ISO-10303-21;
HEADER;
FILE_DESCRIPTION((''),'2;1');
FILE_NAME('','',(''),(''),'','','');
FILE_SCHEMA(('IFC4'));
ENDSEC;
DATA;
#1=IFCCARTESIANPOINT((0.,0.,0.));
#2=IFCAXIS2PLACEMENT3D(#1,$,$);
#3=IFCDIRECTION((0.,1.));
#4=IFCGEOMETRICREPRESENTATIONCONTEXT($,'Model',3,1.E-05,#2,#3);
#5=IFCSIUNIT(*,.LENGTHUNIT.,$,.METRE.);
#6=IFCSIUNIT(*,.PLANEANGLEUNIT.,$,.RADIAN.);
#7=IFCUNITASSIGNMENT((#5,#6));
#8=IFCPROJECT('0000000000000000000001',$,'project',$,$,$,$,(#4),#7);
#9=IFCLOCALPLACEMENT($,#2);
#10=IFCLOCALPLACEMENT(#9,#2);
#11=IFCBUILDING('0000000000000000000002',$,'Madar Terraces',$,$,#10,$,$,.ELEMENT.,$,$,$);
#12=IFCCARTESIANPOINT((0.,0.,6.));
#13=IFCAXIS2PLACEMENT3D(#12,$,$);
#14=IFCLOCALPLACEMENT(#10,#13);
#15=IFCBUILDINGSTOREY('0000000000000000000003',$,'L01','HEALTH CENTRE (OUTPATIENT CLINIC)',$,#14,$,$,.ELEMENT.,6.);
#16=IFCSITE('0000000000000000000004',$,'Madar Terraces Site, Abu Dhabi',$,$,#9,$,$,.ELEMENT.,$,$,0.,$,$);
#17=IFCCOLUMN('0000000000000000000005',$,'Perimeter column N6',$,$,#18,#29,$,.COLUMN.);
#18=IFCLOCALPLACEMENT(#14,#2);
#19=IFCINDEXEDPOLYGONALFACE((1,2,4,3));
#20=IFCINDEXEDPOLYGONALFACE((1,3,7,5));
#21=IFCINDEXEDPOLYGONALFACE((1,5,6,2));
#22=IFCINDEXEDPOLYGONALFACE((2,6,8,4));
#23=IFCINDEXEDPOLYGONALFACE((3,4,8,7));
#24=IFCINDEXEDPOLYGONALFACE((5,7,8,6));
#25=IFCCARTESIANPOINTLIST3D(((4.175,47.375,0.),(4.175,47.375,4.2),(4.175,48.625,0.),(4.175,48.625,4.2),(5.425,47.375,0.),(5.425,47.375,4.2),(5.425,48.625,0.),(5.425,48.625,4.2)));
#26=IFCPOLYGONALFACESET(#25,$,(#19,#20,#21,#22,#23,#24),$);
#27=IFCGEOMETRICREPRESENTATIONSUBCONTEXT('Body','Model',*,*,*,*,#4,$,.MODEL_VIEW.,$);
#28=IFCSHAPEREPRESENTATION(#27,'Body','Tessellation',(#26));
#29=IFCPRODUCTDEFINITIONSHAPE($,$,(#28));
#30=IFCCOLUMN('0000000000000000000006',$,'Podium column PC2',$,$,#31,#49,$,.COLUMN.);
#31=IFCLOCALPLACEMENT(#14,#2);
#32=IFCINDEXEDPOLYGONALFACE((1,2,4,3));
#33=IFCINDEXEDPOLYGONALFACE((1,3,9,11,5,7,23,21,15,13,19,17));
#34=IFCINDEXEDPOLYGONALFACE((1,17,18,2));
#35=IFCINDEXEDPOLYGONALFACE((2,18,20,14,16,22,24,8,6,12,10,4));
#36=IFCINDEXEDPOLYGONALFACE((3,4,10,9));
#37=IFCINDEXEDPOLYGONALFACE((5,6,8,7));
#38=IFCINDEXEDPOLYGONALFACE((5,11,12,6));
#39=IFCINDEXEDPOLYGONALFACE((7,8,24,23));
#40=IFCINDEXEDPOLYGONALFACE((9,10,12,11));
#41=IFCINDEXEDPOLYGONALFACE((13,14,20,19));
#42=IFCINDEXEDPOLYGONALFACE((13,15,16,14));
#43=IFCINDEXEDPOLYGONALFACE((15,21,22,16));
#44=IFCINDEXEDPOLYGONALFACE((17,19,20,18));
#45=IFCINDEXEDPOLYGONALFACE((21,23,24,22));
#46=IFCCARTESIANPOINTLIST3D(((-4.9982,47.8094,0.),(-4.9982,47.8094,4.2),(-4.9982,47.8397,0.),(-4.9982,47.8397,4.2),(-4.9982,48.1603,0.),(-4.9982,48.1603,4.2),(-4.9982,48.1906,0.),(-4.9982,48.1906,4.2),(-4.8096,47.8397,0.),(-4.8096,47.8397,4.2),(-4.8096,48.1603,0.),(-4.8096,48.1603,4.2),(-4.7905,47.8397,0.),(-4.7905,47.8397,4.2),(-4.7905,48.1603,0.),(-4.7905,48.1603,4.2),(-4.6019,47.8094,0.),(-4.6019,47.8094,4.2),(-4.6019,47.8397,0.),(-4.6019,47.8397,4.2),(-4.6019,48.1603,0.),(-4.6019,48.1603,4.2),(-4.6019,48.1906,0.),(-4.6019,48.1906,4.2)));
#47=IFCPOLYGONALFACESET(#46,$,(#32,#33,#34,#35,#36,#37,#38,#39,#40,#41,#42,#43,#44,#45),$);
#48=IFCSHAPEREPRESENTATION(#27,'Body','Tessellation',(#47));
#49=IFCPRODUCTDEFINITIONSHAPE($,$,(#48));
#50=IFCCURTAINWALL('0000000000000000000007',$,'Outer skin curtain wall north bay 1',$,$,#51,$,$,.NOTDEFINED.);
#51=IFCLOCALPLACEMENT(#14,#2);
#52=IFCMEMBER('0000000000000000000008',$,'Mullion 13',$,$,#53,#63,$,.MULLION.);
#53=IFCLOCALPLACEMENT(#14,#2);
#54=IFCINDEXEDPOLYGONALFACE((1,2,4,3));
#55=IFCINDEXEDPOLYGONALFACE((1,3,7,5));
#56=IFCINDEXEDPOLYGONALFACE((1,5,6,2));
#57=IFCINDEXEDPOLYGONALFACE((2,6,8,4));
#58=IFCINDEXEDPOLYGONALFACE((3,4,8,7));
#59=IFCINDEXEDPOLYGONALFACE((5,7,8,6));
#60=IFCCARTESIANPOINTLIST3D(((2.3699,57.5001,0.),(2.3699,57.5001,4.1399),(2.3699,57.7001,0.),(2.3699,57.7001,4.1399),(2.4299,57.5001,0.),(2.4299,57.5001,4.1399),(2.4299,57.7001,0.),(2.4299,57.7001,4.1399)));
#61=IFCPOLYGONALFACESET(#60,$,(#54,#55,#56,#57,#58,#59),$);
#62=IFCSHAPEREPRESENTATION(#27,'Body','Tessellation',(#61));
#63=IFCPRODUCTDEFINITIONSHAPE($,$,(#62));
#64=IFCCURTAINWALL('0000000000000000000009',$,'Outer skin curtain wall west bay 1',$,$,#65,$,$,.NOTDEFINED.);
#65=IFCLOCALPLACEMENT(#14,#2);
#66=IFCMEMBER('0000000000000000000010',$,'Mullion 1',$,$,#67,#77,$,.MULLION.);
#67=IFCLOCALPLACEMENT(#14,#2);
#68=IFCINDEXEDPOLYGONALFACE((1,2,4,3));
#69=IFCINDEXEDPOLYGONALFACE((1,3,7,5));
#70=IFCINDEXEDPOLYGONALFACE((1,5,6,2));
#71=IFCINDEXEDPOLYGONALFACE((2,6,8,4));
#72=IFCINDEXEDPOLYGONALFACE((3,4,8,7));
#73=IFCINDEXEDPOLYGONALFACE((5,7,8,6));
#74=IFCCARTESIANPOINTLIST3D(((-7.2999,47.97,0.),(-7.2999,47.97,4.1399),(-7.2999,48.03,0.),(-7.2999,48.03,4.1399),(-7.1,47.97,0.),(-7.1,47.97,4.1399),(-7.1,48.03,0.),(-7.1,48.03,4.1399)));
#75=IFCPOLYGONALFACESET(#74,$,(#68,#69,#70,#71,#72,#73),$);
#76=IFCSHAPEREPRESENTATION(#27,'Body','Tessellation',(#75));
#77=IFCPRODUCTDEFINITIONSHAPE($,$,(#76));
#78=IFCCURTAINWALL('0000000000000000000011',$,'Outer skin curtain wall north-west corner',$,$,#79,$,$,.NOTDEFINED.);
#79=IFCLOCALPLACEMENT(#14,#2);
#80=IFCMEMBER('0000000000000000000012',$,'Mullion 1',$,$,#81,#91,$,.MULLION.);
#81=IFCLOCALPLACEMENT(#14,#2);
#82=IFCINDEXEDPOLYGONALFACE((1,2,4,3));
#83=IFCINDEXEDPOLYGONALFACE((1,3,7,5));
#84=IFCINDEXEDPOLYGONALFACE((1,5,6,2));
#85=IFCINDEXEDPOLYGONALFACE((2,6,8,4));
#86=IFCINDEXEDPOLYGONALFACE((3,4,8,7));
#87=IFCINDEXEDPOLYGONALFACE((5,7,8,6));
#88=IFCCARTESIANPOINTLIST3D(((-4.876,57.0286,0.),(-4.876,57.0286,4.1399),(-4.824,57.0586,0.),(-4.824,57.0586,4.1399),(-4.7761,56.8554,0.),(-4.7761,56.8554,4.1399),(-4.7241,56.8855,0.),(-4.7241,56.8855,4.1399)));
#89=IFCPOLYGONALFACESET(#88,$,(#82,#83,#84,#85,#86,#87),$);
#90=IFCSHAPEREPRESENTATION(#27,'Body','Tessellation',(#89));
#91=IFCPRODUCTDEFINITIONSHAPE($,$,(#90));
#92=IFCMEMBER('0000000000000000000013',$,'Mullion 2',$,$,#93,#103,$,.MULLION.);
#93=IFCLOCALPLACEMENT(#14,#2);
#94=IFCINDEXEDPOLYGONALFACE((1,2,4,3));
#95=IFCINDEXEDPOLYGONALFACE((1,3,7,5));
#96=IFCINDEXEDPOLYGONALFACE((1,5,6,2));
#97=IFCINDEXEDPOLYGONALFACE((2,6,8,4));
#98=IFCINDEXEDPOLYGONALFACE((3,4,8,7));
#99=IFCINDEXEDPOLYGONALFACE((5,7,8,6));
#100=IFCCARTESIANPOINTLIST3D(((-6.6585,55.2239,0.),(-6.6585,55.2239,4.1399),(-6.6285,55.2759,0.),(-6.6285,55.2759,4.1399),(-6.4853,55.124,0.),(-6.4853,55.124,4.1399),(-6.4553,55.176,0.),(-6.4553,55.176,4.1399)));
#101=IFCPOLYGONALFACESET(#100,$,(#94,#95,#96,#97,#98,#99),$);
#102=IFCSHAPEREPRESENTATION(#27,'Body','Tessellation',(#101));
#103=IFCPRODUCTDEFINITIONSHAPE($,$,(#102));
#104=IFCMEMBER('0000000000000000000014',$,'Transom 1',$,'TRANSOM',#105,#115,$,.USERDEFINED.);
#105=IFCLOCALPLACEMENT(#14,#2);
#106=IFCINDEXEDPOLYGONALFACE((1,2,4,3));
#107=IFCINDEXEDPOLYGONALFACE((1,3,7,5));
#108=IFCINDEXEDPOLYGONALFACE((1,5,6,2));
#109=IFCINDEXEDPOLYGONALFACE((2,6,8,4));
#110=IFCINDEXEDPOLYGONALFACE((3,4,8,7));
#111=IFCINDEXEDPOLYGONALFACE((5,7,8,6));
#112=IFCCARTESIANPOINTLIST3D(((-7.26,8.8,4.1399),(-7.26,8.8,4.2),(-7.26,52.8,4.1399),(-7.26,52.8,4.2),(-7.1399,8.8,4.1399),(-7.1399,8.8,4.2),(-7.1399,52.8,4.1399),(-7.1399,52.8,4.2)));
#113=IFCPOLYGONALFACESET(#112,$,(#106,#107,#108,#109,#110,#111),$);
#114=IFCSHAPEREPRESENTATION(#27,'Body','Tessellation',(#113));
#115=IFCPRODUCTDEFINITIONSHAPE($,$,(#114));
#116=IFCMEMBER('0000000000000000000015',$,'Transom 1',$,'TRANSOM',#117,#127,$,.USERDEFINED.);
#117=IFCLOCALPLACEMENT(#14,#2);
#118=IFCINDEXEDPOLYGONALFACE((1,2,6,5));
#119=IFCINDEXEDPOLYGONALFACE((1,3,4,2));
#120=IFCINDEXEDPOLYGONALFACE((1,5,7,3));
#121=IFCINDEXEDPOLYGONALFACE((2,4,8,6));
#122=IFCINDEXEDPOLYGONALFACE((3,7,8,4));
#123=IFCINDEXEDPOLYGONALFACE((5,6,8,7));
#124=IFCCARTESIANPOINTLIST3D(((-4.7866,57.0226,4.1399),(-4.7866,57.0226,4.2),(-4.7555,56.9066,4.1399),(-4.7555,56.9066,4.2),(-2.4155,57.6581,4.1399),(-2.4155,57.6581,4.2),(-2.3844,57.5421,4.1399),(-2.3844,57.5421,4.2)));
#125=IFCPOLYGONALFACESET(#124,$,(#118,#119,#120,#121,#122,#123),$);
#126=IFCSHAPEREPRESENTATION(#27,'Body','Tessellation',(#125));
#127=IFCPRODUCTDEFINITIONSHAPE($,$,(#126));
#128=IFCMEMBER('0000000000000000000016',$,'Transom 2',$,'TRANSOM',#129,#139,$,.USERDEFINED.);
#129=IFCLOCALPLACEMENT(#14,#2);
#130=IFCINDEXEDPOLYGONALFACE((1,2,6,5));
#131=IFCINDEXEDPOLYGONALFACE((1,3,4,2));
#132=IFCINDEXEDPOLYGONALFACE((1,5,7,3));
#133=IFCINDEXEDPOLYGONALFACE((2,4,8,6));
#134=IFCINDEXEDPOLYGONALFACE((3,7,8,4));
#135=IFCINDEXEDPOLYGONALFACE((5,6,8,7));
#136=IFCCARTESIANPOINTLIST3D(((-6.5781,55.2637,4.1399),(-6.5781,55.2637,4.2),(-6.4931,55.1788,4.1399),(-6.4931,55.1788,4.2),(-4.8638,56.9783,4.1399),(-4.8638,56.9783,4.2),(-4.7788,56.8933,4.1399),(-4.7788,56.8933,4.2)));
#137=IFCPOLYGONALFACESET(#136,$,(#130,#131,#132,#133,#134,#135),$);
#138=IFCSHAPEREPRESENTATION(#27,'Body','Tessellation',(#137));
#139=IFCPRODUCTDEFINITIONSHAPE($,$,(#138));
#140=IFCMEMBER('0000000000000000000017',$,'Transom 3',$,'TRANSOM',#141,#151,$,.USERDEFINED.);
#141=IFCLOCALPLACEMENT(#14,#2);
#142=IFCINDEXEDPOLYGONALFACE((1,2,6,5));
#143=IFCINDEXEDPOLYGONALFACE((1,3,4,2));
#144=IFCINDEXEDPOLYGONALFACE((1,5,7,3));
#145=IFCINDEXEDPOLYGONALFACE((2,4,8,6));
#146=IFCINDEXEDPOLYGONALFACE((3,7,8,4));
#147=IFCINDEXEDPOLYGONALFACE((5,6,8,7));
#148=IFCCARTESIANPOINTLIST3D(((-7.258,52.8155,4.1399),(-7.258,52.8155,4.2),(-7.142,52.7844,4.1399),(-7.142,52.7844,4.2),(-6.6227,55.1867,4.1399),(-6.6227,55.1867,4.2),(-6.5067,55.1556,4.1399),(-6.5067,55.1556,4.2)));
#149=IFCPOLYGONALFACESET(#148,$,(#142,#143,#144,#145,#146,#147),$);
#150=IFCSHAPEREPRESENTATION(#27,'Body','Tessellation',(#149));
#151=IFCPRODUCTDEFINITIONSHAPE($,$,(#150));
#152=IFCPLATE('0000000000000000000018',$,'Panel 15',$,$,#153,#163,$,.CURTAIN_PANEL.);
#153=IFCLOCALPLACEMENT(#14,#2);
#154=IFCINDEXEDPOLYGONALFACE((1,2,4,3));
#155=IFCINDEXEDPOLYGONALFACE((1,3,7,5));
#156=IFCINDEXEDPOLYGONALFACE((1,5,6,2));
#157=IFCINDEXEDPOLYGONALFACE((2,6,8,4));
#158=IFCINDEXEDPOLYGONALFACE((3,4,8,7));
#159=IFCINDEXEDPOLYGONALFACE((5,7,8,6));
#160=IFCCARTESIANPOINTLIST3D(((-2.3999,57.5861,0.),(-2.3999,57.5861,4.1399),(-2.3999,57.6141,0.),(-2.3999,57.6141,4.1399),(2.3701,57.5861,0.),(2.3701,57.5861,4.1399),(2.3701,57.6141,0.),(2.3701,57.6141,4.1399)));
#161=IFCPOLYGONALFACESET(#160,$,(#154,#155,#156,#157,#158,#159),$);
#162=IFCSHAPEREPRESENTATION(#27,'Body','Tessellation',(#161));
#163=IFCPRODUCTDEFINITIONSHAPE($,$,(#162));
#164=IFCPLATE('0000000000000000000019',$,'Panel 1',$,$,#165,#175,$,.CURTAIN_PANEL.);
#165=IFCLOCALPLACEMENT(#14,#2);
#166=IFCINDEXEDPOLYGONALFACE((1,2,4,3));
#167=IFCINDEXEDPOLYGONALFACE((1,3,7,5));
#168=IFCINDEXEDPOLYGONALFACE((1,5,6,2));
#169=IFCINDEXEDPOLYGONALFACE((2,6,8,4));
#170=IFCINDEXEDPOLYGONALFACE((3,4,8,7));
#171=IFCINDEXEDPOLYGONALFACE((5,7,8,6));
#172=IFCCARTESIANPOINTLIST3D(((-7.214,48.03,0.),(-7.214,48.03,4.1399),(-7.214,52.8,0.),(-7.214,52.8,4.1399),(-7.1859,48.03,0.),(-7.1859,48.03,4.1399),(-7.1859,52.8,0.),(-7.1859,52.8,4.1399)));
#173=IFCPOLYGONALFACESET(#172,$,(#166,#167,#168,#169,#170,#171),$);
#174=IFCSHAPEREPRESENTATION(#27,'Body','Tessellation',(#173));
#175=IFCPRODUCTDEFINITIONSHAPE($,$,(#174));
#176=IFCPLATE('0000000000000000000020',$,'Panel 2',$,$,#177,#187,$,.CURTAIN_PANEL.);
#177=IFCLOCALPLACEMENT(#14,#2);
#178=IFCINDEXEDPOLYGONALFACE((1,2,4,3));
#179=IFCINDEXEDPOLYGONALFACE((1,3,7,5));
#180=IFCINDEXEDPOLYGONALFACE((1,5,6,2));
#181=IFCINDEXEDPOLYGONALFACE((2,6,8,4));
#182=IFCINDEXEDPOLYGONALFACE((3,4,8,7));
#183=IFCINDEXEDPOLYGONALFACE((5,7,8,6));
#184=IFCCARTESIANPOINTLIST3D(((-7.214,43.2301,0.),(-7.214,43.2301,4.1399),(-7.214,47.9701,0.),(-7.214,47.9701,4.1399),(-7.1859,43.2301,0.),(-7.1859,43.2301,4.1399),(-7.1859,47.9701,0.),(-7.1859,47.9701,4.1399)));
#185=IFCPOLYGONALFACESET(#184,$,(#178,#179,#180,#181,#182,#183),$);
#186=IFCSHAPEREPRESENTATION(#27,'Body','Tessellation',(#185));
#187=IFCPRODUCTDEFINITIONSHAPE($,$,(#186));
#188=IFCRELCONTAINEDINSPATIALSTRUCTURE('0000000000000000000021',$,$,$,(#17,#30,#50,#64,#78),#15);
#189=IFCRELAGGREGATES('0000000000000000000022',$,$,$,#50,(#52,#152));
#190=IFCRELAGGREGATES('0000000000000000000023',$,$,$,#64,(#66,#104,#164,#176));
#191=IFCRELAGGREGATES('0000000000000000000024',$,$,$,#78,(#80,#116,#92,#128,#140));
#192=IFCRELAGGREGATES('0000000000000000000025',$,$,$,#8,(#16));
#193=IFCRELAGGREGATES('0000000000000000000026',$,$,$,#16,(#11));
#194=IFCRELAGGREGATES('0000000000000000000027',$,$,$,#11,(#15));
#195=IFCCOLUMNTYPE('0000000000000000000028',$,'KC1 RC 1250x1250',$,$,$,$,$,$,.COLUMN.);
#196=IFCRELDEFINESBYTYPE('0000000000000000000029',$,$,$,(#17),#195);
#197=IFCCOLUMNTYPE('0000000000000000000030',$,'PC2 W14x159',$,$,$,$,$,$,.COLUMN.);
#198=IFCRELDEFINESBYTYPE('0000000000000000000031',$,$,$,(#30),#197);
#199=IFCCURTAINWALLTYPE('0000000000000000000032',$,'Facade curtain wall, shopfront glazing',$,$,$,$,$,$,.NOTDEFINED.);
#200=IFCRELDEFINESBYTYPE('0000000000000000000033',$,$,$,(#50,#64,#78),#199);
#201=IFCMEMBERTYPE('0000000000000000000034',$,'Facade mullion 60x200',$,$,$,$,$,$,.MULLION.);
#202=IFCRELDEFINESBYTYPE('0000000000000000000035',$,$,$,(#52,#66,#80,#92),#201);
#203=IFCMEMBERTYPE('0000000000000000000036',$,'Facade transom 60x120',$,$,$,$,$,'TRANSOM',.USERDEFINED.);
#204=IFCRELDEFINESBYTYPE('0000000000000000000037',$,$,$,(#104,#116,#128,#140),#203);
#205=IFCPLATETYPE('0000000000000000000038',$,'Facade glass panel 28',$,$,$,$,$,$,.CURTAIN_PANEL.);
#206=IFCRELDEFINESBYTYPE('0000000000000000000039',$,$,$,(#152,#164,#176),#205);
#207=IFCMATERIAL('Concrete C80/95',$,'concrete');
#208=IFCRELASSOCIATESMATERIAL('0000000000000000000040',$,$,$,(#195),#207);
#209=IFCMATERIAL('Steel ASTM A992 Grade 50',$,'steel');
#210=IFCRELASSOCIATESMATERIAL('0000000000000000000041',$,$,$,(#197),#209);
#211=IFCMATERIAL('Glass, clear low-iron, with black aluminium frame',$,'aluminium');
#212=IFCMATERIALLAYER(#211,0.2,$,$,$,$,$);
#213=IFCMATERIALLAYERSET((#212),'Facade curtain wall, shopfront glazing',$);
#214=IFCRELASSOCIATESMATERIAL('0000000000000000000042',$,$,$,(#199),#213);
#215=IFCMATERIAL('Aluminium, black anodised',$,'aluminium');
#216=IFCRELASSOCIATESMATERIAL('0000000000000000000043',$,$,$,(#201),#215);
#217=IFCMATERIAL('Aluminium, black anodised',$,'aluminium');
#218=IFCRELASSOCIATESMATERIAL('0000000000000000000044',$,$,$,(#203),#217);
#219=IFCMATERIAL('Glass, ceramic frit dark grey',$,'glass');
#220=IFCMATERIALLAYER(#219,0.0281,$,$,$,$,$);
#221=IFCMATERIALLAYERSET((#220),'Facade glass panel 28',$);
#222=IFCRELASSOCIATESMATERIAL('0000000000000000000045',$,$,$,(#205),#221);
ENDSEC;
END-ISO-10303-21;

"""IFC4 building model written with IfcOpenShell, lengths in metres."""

from ifc_helpers import new_model, si_unit, direction, frame, origin, origin_2d, place, context, subcontext, project, spatial, rectangle, i_section, extrude, material, layer, layer_set, material_profile, profile_set, type_object, element, aggregate, save


model = new_model("IFC4")

# Units and contexts
model_context = context("Model", 3, precision=1e-05, world=origin(), true_north=direction((0.0, 1.0)))
body_context = subcontext(model_context, "Body", "Model", "MODEL_VIEW")
ifc_project = project(units=[si_unit("LENGTHUNIT", "METRE"), si_unit("PLANEANGLEUNIT", "RADIAN")], contexts=[model_context])

# Site, building, storey
site_placement = place(None, origin())
site = spatial("IfcSite", under=ifc_project, at=site_placement, Name="Madar Terraces Site, Abu Dhabi", CompositionType="ELEMENT", RefElevation=0.0)
building_placement = place(site_placement, origin())
building = spatial("IfcBuilding", under=site, at=building_placement, Name="Madar Terraces", CompositionType="ELEMENT")
storey_placement = place(building_placement, frame((0.0, 0.0, 6.0)))
storey = spatial("IfcBuildingStorey", under=building, at=storey_placement, Name="L01", Description="HEALTH CENTRE (OUTPATIENT CLINIC)", CompositionType="ELEMENT", Elevation=6.0)

# Columns
ifc_material_1 = material(Name="Concrete C80/95", Category="concrete")
ifc_material_profile_1 = material_profile(ifc_material_1, rectangle(XDim=1.25, YDim=1.25, at=origin_2d()), Name="KC1 RC 1250x1250")
ifc_profile_set_1 = profile_set([ifc_material_profile_1], Name="Concrete C80/95")
column_type_1 = type_object("IfcColumnType", Name="KC1 RC 1250x1250", PredefinedType="COLUMN", material=ifc_profile_set_1)
column_1_placement = place(storey_placement, frame((4.8, 48.0, 0.0), z_axis=(0.0, 0.0, 1.0), x_axis=(1.0, 0.0, 0.0)))
element("IfcColumn", 1, at=column_1_placement, inside=storey, type_object=column_type_1, Name="Perimeter column N6", PredefinedType="COLUMN", context=body_context, shape_type="SweptSolid", body=[
    extrude(rectangle(XDim=1.25, YDim=1.25, at=origin_2d()), origin(), (0.0, 0.0, 1.0), 4.2),
])
ifc_material_2 = material(Name="Steel ASTM A992 Grade 50", Category="steel")
ifc_material_profile_2 = material_profile(ifc_material_2, i_section(OverallWidth=0.3962, OverallDepth=0.3811, WebThickness=0.019, FlangeThickness=0.0303, at=origin_2d()), Name="W14x159")
ifc_profile_set_2 = profile_set([ifc_material_profile_2], Name="Steel ASTM A992 Grade 50")
column_type_2 = type_object("IfcColumnType", Name="PC2 W14x159", PredefinedType="COLUMN", material=ifc_profile_set_2)
column_2_placement = place(storey_placement, frame((-4.8, 48.0, 0.0), z_axis=(0.0, 0.0, 1.0), x_axis=(1.0, 0.0, 0.0)))
element("IfcColumn", 2, at=column_2_placement, inside=storey, type_object=column_type_2, Name="Podium column PC2", PredefinedType="COLUMN", context=body_context, shape_type="SweptSolid", body=[
    extrude(i_section(OverallWidth=0.3962, OverallDepth=0.3811, WebThickness=0.019, FlangeThickness=0.0303, at=origin_2d()), origin(), (0.0, 0.0, 1.0), 4.2),
])

# Curtain walls, members
ifc_material_3 = material(Name="Glass, clear low-iron, with black aluminium frame", Category="aluminium")
ifc_layer_1 = layer(ifc_material_3, 0.2)
ifc_layer_set_1 = layer_set([ifc_layer_1], Name="Facade curtain wall, shopfront glazing")
curtain_wall_type = type_object("IfcCurtainWallType", Name="Facade curtain wall, shopfront glazing", PredefinedType="NOTDEFINED", material=ifc_layer_set_1)
curtain_wall_1_placement = place(storey_placement, origin())
curtain_wall_1 = element("IfcCurtainWall", 3, at=curtain_wall_1_placement, inside=storey, type_object=curtain_wall_type, Name="Outer skin curtain wall north bay 1", PredefinedType="NOTDEFINED")
ifc_material_4 = material(Name="Aluminium, black anodised", Category="aluminium")
ifc_material_profile_3 = material_profile(ifc_material_4, rectangle(XDim=0.2, YDim=0.0601, at=origin_2d()), Name="Facade mullion 60x200")
ifc_profile_set_3 = profile_set([ifc_material_profile_3], Name="Aluminium, black anodised")
member_type_1 = type_object("IfcMemberType", Name="Facade mullion 60x200", PredefinedType="MULLION", material=ifc_profile_set_3)
member_1_placement = place(storey_placement, frame((2.3999, 57.6001, 0.0), z_axis=(0.0, 0.0, 1.0), x_axis=(0.0, -1.0, 0.0)))
member_1 = element("IfcMember", 4, at=member_1_placement, type_object=member_type_1, Name="Mullion 13", PredefinedType="MULLION", context=body_context, shape_type="SweptSolid", body=[
    extrude(rectangle(XDim=0.2, YDim=0.0601, at=origin_2d()), origin(), (0.0, 0.0, 1.0), 4.1399),
])
curtain_wall_2_placement = place(storey_placement, origin())
curtain_wall_2 = element("IfcCurtainWall", 5, at=curtain_wall_2_placement, inside=storey, type_object=curtain_wall_type, Name="Outer skin curtain wall west bay 1", PredefinedType="NOTDEFINED")
member_2_placement = place(storey_placement, frame((-7.2, 48.0, 0.0), z_axis=(0.0, 0.0, 1.0), x_axis=(1.0, 0.0, 0.0)))
member_2 = element("IfcMember", 6, at=member_2_placement, type_object=member_type_1, Name="Mullion 1", PredefinedType="MULLION", context=body_context, shape_type="SweptSolid", body=[
    extrude(rectangle(XDim=0.2, YDim=0.0601, at=origin_2d()), origin(), (0.0, 0.0, 1.0), 4.1399),
])

# Curtain wall, members
curtain_wall_3_placement = place(storey_placement, origin())
curtain_wall_3 = element("IfcCurtainWall", 7, at=curtain_wall_3_placement, inside=storey, type_object=curtain_wall_type, Name="Outer skin curtain wall north-west corner", PredefinedType="NOTDEFINED")
member_3_placement = place(storey_placement, frame((-4.8, 56.957, 0.0), z_axis=(0.0, 0.0, 1.0), x_axis=(0.5, -0.866025, 0.0)))
member_3 = element("IfcMember", 8, at=member_3_placement, type_object=member_type_1, Name="Mullion 1", PredefinedType="MULLION", context=body_context, shape_type="SweptSolid", body=[
    extrude(rectangle(XDim=0.2, YDim=0.0601, at=origin_2d()), origin(), (0.0, 0.0, 1.0), 4.1399),
])
member_4_placement = place(storey_placement, frame((-6.5569, 55.2, 0.0), z_axis=(0.0, 0.0, 1.0), x_axis=(0.866025, -0.5, 0.0)))
member_4 = element("IfcMember", 9, at=member_4_placement, type_object=member_type_1, Name="Mullion 2", PredefinedType="MULLION", context=body_context, shape_type="SweptSolid", body=[
    extrude(rectangle(XDim=0.2, YDim=0.0601, at=origin_2d()), origin(), (0.0, 0.0, 1.0), 4.1399),
])

# Members
ifc_material_5 = material(Name="Aluminium, black anodised", Category="aluminium")
ifc_material_profile_4 = material_profile(ifc_material_5, rectangle(XDim=0.1201, YDim=0.0601, at=origin_2d()), Name="Facade transom 60x120")
ifc_profile_set_4 = profile_set([ifc_material_profile_4], Name="Aluminium, black anodised")
member_type_2 = type_object("IfcMemberType", Name="Facade transom 60x120", ElementType="TRANSOM", PredefinedType="USERDEFINED", material=ifc_profile_set_4)
member_5_placement = place(storey_placement, frame((-7.2, 52.8, 4.1699), z_axis=(0.0, -1.0, 0.0), x_axis=(1.0, 0.0, 0.0)))
member_5 = element("IfcMember", 10, at=member_5_placement, type_object=member_type_2, Name="Transom 1", ObjectType="TRANSOM", PredefinedType="USERDEFINED", context=body_context, shape_type="SweptSolid", body=[
    extrude(rectangle(XDim=0.1201, YDim=0.0601, at=origin_2d()), origin(), (0.0, 0.0, 1.0), 44.0),
])
member_6_placement = place(storey_placement, frame((-2.3999, 57.6001, 4.1699), z_axis=(-0.965909, -0.258882, 0.0), x_axis=(0.258882, -0.965909, 0.0)))
member_6 = element("IfcMember", 11, at=member_6_placement, type_object=member_type_2, Name="Transom 1", ObjectType="TRANSOM", PredefinedType="USERDEFINED", context=body_context, shape_type="SweptSolid", body=[
    extrude(rectangle(XDim=0.1201, YDim=0.0601, at=origin_2d()), origin(), (0.0, 0.0, 1.0), 2.4548),
])
member_7_placement = place(storey_placement, frame((-4.8213, 56.9358, 4.1699), z_axis=(-0.707056, -0.707157, 0.0), x_axis=(0.707157, -0.707056, 0.0)))
member_7 = element("IfcMember", 12, at=member_7_placement, type_object=member_type_2, Name="Transom 2", ObjectType="TRANSOM", PredefinedType="USERDEFINED", context=body_context, shape_type="SweptSolid", body=[
    extrude(rectangle(XDim=0.1201, YDim=0.0601, at=origin_2d()), origin(), (0.0, 0.0, 1.0), 2.4246),
])
member_8_placement = place(storey_placement, frame((-6.5647, 55.1711, 4.1699), z_axis=(-0.258789, -0.965934, 0.0), x_axis=(0.965934, -0.258789, 0.0)))
member_8 = element("IfcMember", 13, at=member_8_placement, type_object=member_type_2, Name="Transom 3", ObjectType="TRANSOM", PredefinedType="USERDEFINED", context=body_context, shape_type="SweptSolid", body=[
    extrude(rectangle(XDim=0.1201, YDim=0.0601, at=origin_2d()), origin(), (0.0, 0.0, 1.0), 2.4548),
])

# Plates
ifc_material_6 = material(Name="Glass, ceramic frit dark grey", Category="glass")
ifc_layer_2 = layer(ifc_material_6, 0.0281)
ifc_layer_set_2 = layer_set([ifc_layer_2], Name="Facade glass panel 28")
plate_type = type_object("IfcPlateType", Name="Facade glass panel 28", PredefinedType="CURTAIN_PANEL", material=ifc_layer_set_2)
plate_1_placement = place(storey_placement, frame((-0.0149, 57.6001, 0.0), z_axis=(0.0, 0.0, 1.0), x_axis=(-1.0, 0.0, 0.0)))
plate_1 = element("IfcPlate", 14, at=plate_1_placement, type_object=plate_type, Name="Panel 15", PredefinedType="CURTAIN_PANEL", context=body_context, shape_type="SweptSolid", body=[
    extrude(rectangle(XDim=4.77, YDim=0.0281, at=origin_2d()), origin(), (0.0, 0.0, 1.0), 4.1399),
])
aggregate(curtain_wall_1, [member_1, plate_1])
plate_2_placement = place(storey_placement, frame((-7.2, 50.415, 0.0), z_axis=(0.0, 0.0, 1.0), x_axis=(0.0, -1.0, 0.0)))
plate_2 = element("IfcPlate", 15, at=plate_2_placement, type_object=plate_type, Name="Panel 1", PredefinedType="CURTAIN_PANEL", context=body_context, shape_type="SweptSolid", body=[
    extrude(rectangle(XDim=4.77, YDim=0.0281, at=origin_2d()), origin(), (0.0, 0.0, 1.0), 4.1399),
])
plate_3_placement = place(storey_placement, frame((-7.2, 45.6001, 0.0), z_axis=(0.0, 0.0, 1.0), x_axis=(0.0, -1.0, 0.0)))
plate_3 = element("IfcPlate", 16, at=plate_3_placement, type_object=plate_type, Name="Panel 2", PredefinedType="CURTAIN_PANEL", context=body_context, shape_type="SweptSolid", body=[
    extrude(rectangle(XDim=4.74, YDim=0.0281, at=origin_2d()), origin(), (0.0, 0.0, 1.0), 4.1399),
])
aggregate(curtain_wall_2, [member_2, member_5, plate_2, plate_3])
aggregate(curtain_wall_3, [member_3, member_6, member_4, member_7, member_8])

save(model, "model.ifc")
